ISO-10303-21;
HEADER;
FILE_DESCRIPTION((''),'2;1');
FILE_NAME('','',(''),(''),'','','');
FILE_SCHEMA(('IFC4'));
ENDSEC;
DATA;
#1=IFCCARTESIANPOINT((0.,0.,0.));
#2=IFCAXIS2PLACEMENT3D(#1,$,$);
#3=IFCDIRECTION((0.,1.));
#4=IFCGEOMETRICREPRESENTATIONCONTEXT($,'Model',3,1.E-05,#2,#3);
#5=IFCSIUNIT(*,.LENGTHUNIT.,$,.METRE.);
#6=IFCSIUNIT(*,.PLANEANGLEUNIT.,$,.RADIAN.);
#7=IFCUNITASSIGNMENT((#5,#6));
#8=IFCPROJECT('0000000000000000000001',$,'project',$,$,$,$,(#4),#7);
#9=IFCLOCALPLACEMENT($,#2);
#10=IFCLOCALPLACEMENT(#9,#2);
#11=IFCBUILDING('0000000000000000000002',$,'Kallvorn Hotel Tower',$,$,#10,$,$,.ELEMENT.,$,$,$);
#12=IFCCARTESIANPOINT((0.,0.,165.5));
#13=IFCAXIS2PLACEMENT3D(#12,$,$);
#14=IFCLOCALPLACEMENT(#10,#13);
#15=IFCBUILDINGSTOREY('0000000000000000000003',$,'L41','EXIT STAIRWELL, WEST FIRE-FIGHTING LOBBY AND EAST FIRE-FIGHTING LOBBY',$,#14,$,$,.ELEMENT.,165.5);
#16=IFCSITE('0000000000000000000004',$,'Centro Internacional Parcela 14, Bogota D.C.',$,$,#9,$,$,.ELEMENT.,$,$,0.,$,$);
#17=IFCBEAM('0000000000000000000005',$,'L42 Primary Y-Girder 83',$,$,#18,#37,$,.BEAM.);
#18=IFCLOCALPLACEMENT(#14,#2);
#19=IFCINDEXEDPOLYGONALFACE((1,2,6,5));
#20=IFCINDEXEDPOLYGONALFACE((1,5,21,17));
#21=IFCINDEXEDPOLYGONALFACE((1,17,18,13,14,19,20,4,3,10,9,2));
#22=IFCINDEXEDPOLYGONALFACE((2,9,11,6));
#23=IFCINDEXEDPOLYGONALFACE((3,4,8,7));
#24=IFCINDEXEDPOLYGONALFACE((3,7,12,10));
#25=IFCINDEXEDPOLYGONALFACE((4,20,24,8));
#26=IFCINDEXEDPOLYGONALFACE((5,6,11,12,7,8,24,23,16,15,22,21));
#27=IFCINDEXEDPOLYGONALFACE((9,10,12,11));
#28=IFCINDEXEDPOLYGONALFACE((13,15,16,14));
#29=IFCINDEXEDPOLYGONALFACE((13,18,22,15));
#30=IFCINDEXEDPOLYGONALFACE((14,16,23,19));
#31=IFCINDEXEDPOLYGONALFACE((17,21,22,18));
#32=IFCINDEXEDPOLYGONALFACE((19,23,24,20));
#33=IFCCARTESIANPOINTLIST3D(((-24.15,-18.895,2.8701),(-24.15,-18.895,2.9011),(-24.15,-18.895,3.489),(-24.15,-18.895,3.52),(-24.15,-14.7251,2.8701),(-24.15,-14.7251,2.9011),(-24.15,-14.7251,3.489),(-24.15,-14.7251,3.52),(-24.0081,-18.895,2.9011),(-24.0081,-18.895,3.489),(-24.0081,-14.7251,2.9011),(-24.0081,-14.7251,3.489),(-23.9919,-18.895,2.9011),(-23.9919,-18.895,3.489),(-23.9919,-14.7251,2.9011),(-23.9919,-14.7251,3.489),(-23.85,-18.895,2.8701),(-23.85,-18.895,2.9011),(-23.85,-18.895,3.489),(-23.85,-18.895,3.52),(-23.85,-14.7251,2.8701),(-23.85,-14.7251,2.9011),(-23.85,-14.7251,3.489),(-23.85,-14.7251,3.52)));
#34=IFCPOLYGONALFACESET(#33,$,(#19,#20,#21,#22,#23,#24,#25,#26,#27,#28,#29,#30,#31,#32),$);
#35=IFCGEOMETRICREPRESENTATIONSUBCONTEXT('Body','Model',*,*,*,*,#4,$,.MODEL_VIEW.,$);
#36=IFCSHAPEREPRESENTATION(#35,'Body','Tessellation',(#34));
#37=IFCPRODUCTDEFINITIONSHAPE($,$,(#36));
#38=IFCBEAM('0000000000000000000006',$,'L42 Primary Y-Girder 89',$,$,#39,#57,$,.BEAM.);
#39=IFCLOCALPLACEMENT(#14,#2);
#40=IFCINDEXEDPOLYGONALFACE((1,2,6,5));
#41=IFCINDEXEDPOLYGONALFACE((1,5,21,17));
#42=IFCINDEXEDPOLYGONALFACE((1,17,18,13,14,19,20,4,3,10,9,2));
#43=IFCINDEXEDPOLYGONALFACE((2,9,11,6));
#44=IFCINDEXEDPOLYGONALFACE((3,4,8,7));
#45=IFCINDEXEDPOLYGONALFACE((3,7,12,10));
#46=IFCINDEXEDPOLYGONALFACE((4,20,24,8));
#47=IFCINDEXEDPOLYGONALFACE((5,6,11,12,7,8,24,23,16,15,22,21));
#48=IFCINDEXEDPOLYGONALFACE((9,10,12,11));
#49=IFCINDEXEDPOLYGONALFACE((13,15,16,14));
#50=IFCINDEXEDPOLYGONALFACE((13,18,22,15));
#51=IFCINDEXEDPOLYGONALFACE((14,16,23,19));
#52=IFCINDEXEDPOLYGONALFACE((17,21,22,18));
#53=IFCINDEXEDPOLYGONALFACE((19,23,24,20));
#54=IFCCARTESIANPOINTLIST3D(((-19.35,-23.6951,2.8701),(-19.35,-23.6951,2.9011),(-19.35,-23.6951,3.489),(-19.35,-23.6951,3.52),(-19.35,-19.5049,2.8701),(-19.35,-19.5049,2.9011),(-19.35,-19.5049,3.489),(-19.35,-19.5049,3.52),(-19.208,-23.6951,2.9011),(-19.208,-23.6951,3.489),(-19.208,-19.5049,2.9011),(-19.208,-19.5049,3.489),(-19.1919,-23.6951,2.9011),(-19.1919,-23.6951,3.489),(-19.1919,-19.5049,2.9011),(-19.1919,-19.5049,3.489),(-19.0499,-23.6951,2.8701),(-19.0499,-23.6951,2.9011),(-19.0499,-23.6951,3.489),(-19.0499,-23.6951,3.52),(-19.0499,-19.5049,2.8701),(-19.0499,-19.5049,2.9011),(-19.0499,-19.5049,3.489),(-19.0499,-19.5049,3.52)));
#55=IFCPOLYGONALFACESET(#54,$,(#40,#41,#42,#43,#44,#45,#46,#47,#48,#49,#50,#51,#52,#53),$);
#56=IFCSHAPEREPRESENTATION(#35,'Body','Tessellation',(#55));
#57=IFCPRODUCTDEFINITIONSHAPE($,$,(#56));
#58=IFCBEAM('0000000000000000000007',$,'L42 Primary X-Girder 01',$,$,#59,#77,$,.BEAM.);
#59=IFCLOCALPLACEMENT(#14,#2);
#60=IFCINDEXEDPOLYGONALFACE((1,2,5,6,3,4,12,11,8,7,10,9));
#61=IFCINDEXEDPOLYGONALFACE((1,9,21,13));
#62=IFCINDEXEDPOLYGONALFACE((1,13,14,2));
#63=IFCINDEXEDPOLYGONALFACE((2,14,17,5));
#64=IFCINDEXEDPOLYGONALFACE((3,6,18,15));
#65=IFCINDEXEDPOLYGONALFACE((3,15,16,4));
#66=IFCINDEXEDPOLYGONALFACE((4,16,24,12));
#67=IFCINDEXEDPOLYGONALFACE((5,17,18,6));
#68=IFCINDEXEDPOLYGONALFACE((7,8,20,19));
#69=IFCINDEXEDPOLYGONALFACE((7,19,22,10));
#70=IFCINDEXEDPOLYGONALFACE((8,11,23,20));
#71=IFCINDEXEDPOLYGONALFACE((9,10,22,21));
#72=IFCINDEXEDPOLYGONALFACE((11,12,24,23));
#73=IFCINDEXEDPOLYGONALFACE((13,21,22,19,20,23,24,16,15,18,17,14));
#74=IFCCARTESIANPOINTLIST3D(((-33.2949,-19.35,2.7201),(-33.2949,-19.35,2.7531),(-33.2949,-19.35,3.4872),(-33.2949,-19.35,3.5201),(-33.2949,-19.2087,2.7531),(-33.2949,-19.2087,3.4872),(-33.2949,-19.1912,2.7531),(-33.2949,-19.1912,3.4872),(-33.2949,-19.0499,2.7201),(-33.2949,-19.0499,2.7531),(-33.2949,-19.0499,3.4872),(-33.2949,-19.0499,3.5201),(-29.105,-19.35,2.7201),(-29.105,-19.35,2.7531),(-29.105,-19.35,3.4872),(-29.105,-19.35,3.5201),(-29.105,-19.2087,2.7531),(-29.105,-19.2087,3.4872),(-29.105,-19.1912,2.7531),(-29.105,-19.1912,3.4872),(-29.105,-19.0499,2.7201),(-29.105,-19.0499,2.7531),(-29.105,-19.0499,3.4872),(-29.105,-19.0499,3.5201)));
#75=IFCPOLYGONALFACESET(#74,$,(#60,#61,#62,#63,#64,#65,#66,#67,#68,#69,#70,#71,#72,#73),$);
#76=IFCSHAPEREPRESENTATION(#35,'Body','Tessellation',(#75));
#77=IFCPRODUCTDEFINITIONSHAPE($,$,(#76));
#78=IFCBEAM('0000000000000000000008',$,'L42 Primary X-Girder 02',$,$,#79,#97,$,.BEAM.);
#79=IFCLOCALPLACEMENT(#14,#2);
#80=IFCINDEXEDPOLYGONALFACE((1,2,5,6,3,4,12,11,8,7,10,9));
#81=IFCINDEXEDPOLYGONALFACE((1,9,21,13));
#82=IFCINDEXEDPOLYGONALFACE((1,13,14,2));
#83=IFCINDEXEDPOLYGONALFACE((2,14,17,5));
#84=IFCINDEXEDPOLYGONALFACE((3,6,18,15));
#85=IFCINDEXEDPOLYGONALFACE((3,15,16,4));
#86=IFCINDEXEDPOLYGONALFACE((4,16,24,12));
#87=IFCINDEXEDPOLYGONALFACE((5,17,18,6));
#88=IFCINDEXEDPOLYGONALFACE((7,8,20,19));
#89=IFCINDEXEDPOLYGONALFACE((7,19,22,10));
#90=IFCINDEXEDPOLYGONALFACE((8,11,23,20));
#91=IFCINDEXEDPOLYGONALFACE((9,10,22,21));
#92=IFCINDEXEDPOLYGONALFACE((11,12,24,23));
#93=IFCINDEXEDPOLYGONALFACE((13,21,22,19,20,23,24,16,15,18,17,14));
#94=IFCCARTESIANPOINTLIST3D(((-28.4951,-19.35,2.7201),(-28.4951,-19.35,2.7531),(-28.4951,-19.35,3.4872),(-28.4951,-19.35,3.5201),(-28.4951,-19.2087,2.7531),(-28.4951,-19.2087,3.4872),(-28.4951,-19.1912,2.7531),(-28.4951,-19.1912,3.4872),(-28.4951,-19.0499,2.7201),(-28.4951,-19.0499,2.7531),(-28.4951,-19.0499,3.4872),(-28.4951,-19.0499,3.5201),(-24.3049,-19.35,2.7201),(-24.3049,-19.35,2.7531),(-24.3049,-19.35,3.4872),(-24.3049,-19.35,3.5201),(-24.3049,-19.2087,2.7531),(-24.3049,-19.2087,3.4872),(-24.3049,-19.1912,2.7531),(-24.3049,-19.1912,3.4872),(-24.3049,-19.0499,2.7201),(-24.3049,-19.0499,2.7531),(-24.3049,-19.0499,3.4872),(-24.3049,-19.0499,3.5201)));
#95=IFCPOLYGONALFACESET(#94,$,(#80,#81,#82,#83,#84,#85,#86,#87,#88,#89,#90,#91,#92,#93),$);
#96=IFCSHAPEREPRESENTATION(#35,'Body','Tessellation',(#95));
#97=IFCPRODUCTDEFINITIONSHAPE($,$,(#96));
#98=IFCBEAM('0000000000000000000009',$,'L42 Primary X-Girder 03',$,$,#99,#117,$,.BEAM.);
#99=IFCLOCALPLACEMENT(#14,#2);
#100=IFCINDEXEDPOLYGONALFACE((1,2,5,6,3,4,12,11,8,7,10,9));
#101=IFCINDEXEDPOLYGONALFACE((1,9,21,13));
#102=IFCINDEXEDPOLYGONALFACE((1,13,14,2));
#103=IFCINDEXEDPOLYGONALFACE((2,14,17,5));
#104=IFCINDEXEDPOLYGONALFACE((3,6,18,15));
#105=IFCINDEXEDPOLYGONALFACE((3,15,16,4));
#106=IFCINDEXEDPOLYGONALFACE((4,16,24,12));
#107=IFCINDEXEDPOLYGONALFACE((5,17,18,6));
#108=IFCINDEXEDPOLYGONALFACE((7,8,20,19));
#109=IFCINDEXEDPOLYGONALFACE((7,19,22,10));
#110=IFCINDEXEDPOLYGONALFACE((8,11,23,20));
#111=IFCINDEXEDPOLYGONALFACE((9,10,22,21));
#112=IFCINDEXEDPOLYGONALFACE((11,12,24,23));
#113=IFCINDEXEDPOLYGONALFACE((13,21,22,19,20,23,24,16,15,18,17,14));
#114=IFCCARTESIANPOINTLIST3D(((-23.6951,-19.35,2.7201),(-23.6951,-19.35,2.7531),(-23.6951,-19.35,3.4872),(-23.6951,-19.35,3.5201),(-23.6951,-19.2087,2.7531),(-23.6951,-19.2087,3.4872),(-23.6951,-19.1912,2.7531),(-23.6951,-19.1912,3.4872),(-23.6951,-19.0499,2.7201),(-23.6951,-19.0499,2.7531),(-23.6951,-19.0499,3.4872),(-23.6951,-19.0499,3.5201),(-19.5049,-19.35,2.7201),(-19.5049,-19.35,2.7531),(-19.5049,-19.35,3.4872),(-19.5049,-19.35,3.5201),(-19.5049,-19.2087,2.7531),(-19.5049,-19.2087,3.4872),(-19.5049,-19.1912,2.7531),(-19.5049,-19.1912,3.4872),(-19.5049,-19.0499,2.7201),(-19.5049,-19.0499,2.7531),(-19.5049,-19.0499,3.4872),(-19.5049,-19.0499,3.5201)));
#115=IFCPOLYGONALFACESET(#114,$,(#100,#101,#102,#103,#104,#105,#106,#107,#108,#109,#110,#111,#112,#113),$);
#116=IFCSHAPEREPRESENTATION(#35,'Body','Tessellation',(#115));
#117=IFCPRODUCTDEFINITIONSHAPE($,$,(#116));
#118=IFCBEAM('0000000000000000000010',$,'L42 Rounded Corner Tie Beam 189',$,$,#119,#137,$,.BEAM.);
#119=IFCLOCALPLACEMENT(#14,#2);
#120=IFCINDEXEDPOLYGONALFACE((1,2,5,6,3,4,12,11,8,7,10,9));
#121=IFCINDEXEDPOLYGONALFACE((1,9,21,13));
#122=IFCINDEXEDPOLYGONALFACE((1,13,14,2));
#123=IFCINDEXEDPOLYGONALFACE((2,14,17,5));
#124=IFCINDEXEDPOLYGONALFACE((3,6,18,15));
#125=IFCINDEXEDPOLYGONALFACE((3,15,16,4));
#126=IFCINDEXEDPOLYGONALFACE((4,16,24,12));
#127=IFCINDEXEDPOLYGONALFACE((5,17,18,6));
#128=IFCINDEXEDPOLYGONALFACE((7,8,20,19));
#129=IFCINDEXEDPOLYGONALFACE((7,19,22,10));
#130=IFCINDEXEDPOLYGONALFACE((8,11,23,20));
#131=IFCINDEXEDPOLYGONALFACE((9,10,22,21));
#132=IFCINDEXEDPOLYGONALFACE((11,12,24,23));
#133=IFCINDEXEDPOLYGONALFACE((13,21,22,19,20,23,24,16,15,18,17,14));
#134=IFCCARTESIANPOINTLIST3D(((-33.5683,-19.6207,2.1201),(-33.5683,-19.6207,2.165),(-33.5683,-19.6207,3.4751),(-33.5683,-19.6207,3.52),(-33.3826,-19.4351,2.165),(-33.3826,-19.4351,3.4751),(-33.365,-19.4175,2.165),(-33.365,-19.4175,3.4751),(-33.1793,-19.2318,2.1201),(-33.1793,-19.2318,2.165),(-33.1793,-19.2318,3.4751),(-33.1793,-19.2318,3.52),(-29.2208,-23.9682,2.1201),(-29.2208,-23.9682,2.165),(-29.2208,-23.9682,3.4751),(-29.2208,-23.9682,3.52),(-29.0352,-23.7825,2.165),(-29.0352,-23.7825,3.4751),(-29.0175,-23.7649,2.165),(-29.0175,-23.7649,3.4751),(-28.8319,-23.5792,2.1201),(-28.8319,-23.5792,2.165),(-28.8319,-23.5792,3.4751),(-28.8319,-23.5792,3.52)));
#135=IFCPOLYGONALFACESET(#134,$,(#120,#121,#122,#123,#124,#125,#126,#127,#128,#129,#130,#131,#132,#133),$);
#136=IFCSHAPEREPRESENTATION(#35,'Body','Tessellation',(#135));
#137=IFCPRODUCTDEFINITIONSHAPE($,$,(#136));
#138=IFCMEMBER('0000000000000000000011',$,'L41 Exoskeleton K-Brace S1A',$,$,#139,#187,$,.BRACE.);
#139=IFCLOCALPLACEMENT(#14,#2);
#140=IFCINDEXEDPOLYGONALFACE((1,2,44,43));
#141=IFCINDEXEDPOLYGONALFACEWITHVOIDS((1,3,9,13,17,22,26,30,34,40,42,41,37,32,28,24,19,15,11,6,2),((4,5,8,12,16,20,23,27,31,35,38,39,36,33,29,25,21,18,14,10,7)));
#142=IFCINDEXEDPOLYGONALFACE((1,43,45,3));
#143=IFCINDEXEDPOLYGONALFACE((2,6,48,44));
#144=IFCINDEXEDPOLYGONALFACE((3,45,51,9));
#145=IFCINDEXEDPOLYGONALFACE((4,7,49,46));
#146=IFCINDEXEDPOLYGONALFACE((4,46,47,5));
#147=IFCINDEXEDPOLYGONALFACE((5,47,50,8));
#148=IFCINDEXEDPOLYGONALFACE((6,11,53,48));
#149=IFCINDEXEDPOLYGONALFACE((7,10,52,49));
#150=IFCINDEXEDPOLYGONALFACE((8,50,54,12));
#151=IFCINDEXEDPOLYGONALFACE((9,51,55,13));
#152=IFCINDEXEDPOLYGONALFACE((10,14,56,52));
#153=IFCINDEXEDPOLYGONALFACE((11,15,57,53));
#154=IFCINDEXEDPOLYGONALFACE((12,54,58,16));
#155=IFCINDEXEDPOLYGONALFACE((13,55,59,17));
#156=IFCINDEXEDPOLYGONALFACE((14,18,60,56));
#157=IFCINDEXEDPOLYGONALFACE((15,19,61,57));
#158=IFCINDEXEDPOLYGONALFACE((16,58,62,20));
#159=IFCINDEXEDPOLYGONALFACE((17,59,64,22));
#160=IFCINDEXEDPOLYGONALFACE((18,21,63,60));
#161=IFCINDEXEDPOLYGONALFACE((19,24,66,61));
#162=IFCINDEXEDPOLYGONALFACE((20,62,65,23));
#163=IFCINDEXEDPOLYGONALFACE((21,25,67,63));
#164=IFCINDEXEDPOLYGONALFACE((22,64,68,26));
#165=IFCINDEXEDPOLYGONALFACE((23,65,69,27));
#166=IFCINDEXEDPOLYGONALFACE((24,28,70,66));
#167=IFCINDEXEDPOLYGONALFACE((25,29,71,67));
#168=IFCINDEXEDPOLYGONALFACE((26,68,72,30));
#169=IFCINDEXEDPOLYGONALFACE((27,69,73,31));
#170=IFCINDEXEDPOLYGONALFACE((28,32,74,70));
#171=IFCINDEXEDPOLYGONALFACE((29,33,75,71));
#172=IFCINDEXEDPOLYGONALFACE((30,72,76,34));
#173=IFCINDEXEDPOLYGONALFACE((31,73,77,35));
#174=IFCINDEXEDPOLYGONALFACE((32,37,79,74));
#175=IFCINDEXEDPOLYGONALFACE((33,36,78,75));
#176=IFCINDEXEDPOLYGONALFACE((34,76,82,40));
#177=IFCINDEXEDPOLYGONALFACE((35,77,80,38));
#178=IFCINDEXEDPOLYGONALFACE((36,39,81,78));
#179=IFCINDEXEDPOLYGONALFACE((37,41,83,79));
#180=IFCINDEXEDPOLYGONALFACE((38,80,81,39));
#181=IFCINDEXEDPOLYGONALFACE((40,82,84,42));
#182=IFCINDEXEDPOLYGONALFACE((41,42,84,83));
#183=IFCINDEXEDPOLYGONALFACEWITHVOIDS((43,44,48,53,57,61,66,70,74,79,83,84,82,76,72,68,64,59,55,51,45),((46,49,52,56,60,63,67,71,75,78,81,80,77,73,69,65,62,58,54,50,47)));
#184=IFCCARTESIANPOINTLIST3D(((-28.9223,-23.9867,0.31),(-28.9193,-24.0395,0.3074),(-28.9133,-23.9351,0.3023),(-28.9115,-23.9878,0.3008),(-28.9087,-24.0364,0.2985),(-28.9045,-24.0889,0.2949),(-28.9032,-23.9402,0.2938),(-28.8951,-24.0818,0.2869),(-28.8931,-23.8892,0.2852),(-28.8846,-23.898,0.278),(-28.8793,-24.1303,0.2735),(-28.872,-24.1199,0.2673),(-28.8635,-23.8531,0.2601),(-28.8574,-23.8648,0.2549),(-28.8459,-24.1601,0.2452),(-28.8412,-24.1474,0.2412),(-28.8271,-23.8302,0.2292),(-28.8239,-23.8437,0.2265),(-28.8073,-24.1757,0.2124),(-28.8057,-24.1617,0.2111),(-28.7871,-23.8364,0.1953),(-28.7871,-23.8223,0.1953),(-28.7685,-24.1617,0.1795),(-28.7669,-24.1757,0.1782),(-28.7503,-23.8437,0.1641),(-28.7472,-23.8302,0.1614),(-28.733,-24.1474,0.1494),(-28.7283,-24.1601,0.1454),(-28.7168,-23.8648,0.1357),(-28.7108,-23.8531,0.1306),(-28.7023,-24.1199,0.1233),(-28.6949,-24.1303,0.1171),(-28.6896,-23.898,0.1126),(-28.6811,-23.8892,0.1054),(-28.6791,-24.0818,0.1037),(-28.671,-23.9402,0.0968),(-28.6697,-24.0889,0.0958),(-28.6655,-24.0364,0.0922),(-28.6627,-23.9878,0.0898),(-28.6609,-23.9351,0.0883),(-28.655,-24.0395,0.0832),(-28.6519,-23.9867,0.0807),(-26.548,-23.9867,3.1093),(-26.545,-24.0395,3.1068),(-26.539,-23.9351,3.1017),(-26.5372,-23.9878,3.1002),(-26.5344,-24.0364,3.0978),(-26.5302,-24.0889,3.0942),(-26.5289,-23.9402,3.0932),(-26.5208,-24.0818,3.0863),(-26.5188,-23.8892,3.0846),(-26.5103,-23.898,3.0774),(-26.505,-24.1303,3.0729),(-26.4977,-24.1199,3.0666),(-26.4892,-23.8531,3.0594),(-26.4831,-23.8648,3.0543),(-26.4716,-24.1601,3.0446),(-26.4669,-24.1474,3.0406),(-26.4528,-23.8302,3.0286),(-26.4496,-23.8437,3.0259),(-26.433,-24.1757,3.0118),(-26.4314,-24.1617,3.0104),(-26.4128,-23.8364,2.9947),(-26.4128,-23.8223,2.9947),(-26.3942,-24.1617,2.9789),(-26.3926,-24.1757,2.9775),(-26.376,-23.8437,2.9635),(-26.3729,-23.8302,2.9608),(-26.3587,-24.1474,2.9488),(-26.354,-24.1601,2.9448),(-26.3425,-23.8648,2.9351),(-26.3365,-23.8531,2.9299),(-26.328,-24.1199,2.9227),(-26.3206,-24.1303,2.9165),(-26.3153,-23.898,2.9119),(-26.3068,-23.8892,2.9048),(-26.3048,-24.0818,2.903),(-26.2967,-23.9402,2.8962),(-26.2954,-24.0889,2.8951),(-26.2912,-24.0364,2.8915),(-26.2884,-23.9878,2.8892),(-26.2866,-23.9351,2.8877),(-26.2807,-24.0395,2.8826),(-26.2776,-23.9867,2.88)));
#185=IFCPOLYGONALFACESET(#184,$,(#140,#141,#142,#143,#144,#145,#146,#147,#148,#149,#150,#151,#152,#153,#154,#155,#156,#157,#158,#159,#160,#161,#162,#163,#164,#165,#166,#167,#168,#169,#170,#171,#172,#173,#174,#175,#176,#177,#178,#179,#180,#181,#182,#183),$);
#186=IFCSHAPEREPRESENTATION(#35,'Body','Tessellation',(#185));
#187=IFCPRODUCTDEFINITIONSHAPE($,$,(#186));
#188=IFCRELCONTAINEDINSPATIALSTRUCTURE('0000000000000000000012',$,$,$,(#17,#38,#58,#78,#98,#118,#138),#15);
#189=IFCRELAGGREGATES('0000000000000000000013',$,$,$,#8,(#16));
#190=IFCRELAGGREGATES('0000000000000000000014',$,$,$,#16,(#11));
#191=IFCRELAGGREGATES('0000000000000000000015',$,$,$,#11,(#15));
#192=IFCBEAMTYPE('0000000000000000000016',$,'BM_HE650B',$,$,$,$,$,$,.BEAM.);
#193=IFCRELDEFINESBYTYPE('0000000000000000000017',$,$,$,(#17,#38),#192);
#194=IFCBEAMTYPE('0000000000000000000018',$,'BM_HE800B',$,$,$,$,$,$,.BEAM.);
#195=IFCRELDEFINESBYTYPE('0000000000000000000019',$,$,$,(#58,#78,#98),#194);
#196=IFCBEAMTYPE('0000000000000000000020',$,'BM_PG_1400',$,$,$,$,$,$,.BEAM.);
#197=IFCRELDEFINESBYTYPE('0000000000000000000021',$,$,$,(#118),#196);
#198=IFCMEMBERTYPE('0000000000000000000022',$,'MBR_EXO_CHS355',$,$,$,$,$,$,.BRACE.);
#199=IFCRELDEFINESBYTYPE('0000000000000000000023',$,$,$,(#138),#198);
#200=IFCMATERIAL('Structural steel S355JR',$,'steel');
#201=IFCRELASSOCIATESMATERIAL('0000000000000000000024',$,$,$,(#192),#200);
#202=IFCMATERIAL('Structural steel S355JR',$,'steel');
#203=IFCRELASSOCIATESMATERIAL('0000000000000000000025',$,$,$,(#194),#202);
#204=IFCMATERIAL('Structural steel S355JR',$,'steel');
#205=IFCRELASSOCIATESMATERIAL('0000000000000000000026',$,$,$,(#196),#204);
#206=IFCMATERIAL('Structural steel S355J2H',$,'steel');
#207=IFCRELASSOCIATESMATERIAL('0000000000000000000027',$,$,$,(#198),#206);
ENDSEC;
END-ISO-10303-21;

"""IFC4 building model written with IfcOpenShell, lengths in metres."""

from ifc_helpers import new_model, si_unit, direction, frame, origin, origin_2d, place, context, subcontext, project, spatial, hollow_circle, i_section, extrude, material, material_profile, profile_set, type_object, element, save


model = new_model("IFC4")

# Units and contexts
model_context = context("Model", 3, precision=1e-05, world=origin(), true_north=direction((0.0, 1.0)))
body_context = subcontext(model_context, "Body", "Model", "MODEL_VIEW")
ifc_project = project(units=[si_unit("LENGTHUNIT", "METRE"), si_unit("PLANEANGLEUNIT", "RADIAN")], contexts=[model_context])

# Site, building, storey
site_placement = place(None, origin())
site = spatial("IfcSite", under=ifc_project, at=site_placement, Name="Centro Internacional Parcela 14, Bogota D.C.", CompositionType="ELEMENT", RefElevation=0.0)
building_placement = place(site_placement, origin())
building = spatial("IfcBuilding", under=site, at=building_placement, Name="Kallvorn Hotel Tower", CompositionType="ELEMENT")
storey_placement = place(building_placement, frame((0.0, 0.0, 165.5)))
storey = spatial("IfcBuildingStorey", under=building, at=storey_placement, Name="L41", Description="EXIT STAIRWELL, WEST FIRE-FIGHTING LOBBY AND EAST FIRE-FIGHTING LOBBY", CompositionType="ELEMENT", Elevation=165.5)

# Beams
ifc_material_1 = material(Name="Structural steel S355JR", Category="steel")
ifc_material_profile_1 = material_profile(ifc_material_1, i_section(OverallWidth=0.3, OverallDepth=0.6499, WebThickness=0.0161, FlangeThickness=0.031, at=origin_2d()), Name="HE 650 B")
ifc_profile_set_1 = profile_set([ifc_material_profile_1], Name="Structural steel S355JR")
beam_type_1 = type_object("IfcBeamType", Name="BM_HE650B", PredefinedType="BEAM", material=ifc_profile_set_1)
beam_1_placement = place(storey_placement, frame((-24.0, -18.895, 3.1951), z_axis=(0.0, 1.0, 0.0), x_axis=(-1.0, 0.0, 0.0)))
element("IfcBeam", 1, at=beam_1_placement, inside=storey, type_object=beam_type_1, Name="L42 Primary Y-Girder 83", PredefinedType="BEAM", context=body_context, shape_type="SweptSolid", body=[
    extrude(i_section(OverallWidth=0.3, OverallDepth=0.6499, WebThickness=0.0161, FlangeThickness=0.031, at=origin_2d()), origin(), (0.0, 0.0, 1.0), 4.1699),
])
beam_2_placement = place(storey_placement, frame((-19.2, -23.6951, 3.1951), z_axis=(0.0, 1.0, 0.0), x_axis=(-1.0, 0.0, 0.0)))
element("IfcBeam", 2, at=beam_2_placement, inside=storey, type_object=beam_type_1, Name="L42 Primary Y-Girder 89", PredefinedType="BEAM", context=body_context, shape_type="SweptSolid", body=[
    extrude(i_section(OverallWidth=0.3, OverallDepth=0.6499, WebThickness=0.0161, FlangeThickness=0.031, at=origin_2d()), origin(), (0.0, 0.0, 1.0), 4.1902),
])
ifc_material_2 = material(Name="Structural steel S355JR", Category="steel")
ifc_material_profile_2 = material_profile(ifc_material_2, i_section(OverallWidth=0.3, OverallDepth=0.8, WebThickness=0.0176, FlangeThickness=0.033, at=origin_2d()), Name="HE 800 B")
ifc_profile_set_2 = profile_set([ifc_material_profile_2], Name="Structural steel S355JR")
beam_type_2 = type_object("IfcBeamType", Name="BM_HE800B", PredefinedType="BEAM", material=ifc_profile_set_2)
beam_3_placement = place(storey_placement, frame((-33.2949, -19.2, 3.1201), z_axis=(1.0, 0.0, 0.0), x_axis=(0.0, 1.0, 0.0)))
element("IfcBeam", 3, at=beam_3_placement, inside=storey, type_object=beam_type_2, Name="L42 Primary X-Girder 01", PredefinedType="BEAM", context=body_context, shape_type="SweptSolid", body=[
    extrude(i_section(OverallWidth=0.3, OverallDepth=0.8, WebThickness=0.0176, FlangeThickness=0.033, at=origin_2d()), origin(), (0.0, 0.0, 1.0), 4.1899),
])
for number, where, z_axis, x_axis, name in (
    (4, (-28.4951, -19.2, 3.1201), (1.0, 0.0, 0.0), (0.0, 1.0, 0.0), "L42 Primary X-Girder 02"),
    (5, (-23.6951, -19.2, 3.1201), (1.0, 0.0, 0.0), (0.0, 1.0, 0.0), "L42 Primary X-Girder 03"),
):
    element("IfcBeam", number, at=place(storey_placement, frame(where, z_axis=z_axis, x_axis=x_axis)), inside=storey, type_object=beam_type_2, Name=name, PredefinedType="BEAM", context=body_context, shape_type="SweptSolid", body=[
        extrude(i_section(OverallWidth=0.3, OverallDepth=0.8, WebThickness=0.0176, FlangeThickness=0.033, at=origin_2d()), origin(), (0.0, 0.0, 1.0), 4.1902),
    ])
ifc_material_3 = material(Name="Structural steel S355JR", Category="steel")
ifc_material_profile_3 = material_profile(ifc_material_3, i_section(OverallWidth=0.55, OverallDepth=1.3999, WebThickness=0.0249, FlangeThickness=0.0449, at=origin_2d()), Name="PG 1400x550x25x45")
ifc_profile_set_3 = profile_set([ifc_material_profile_3], Name="Structural steel S355JR")
beam_type_3 = type_object("IfcBeamType", Name="BM_PG_1400", PredefinedType="BEAM", material=ifc_profile_set_3)
beam_4_placement = place(storey_placement, frame((-33.3738, -19.4263, 2.8201), z_axis=(0.707107, -0.707107, 0.0), x_axis=(0.707107, 0.707107, 0.0)))
element("IfcBeam", 6, at=beam_4_placement, inside=storey, type_object=beam_type_3, Name="L42 Rounded Corner Tie Beam 189", PredefinedType="BEAM", context=body_context, shape_type="SweptSolid", body=[
    extrude(i_section(OverallWidth=0.55, OverallDepth=1.3999, WebThickness=0.0249, FlangeThickness=0.0449, at=origin_2d()), origin(), (0.0, 0.0, 1.0), 6.1482),
])

# Member
ifc_material_4 = material(Name="Structural steel S355J2H", Category="steel")
ifc_material_profile_4 = material_profile(ifc_material_4, hollow_circle(Radius=0.1777, WallThickness=0.0142, at=origin_2d()), Name="CHS 355.6x14.2")
ifc_profile_set_4 = profile_set([ifc_material_profile_4], Name="Structural steel S355J2H")
member_type = type_object("IfcMemberType", Name="MBR_EXO_CHS355", PredefinedType="BRACE", material=ifc_profile_set_4)
for number, where, z_axis, x_axis, name in (
    (7, (-28.7871, -24.0, 0.1953), (0.646833, 0.0, 0.762631), (0.0, 1.0, 0.0), "L41 Exoskeleton K-Brace S1A"),
):
    element("IfcMember", number, at=place(storey_placement, frame(where, z_axis=z_axis, x_axis=x_axis)), inside=storey, type_object=member_type, Name=name, PredefinedType="BRACE", context=body_context, shape_type="SweptSolid", body=[
        extrude(hollow_circle(Radius=0.1777, WallThickness=0.0142, at=origin_2d()), origin(), (0.0, 0.0, 1.0), 3.6707),
    ])

save(model, "model.ifc")
